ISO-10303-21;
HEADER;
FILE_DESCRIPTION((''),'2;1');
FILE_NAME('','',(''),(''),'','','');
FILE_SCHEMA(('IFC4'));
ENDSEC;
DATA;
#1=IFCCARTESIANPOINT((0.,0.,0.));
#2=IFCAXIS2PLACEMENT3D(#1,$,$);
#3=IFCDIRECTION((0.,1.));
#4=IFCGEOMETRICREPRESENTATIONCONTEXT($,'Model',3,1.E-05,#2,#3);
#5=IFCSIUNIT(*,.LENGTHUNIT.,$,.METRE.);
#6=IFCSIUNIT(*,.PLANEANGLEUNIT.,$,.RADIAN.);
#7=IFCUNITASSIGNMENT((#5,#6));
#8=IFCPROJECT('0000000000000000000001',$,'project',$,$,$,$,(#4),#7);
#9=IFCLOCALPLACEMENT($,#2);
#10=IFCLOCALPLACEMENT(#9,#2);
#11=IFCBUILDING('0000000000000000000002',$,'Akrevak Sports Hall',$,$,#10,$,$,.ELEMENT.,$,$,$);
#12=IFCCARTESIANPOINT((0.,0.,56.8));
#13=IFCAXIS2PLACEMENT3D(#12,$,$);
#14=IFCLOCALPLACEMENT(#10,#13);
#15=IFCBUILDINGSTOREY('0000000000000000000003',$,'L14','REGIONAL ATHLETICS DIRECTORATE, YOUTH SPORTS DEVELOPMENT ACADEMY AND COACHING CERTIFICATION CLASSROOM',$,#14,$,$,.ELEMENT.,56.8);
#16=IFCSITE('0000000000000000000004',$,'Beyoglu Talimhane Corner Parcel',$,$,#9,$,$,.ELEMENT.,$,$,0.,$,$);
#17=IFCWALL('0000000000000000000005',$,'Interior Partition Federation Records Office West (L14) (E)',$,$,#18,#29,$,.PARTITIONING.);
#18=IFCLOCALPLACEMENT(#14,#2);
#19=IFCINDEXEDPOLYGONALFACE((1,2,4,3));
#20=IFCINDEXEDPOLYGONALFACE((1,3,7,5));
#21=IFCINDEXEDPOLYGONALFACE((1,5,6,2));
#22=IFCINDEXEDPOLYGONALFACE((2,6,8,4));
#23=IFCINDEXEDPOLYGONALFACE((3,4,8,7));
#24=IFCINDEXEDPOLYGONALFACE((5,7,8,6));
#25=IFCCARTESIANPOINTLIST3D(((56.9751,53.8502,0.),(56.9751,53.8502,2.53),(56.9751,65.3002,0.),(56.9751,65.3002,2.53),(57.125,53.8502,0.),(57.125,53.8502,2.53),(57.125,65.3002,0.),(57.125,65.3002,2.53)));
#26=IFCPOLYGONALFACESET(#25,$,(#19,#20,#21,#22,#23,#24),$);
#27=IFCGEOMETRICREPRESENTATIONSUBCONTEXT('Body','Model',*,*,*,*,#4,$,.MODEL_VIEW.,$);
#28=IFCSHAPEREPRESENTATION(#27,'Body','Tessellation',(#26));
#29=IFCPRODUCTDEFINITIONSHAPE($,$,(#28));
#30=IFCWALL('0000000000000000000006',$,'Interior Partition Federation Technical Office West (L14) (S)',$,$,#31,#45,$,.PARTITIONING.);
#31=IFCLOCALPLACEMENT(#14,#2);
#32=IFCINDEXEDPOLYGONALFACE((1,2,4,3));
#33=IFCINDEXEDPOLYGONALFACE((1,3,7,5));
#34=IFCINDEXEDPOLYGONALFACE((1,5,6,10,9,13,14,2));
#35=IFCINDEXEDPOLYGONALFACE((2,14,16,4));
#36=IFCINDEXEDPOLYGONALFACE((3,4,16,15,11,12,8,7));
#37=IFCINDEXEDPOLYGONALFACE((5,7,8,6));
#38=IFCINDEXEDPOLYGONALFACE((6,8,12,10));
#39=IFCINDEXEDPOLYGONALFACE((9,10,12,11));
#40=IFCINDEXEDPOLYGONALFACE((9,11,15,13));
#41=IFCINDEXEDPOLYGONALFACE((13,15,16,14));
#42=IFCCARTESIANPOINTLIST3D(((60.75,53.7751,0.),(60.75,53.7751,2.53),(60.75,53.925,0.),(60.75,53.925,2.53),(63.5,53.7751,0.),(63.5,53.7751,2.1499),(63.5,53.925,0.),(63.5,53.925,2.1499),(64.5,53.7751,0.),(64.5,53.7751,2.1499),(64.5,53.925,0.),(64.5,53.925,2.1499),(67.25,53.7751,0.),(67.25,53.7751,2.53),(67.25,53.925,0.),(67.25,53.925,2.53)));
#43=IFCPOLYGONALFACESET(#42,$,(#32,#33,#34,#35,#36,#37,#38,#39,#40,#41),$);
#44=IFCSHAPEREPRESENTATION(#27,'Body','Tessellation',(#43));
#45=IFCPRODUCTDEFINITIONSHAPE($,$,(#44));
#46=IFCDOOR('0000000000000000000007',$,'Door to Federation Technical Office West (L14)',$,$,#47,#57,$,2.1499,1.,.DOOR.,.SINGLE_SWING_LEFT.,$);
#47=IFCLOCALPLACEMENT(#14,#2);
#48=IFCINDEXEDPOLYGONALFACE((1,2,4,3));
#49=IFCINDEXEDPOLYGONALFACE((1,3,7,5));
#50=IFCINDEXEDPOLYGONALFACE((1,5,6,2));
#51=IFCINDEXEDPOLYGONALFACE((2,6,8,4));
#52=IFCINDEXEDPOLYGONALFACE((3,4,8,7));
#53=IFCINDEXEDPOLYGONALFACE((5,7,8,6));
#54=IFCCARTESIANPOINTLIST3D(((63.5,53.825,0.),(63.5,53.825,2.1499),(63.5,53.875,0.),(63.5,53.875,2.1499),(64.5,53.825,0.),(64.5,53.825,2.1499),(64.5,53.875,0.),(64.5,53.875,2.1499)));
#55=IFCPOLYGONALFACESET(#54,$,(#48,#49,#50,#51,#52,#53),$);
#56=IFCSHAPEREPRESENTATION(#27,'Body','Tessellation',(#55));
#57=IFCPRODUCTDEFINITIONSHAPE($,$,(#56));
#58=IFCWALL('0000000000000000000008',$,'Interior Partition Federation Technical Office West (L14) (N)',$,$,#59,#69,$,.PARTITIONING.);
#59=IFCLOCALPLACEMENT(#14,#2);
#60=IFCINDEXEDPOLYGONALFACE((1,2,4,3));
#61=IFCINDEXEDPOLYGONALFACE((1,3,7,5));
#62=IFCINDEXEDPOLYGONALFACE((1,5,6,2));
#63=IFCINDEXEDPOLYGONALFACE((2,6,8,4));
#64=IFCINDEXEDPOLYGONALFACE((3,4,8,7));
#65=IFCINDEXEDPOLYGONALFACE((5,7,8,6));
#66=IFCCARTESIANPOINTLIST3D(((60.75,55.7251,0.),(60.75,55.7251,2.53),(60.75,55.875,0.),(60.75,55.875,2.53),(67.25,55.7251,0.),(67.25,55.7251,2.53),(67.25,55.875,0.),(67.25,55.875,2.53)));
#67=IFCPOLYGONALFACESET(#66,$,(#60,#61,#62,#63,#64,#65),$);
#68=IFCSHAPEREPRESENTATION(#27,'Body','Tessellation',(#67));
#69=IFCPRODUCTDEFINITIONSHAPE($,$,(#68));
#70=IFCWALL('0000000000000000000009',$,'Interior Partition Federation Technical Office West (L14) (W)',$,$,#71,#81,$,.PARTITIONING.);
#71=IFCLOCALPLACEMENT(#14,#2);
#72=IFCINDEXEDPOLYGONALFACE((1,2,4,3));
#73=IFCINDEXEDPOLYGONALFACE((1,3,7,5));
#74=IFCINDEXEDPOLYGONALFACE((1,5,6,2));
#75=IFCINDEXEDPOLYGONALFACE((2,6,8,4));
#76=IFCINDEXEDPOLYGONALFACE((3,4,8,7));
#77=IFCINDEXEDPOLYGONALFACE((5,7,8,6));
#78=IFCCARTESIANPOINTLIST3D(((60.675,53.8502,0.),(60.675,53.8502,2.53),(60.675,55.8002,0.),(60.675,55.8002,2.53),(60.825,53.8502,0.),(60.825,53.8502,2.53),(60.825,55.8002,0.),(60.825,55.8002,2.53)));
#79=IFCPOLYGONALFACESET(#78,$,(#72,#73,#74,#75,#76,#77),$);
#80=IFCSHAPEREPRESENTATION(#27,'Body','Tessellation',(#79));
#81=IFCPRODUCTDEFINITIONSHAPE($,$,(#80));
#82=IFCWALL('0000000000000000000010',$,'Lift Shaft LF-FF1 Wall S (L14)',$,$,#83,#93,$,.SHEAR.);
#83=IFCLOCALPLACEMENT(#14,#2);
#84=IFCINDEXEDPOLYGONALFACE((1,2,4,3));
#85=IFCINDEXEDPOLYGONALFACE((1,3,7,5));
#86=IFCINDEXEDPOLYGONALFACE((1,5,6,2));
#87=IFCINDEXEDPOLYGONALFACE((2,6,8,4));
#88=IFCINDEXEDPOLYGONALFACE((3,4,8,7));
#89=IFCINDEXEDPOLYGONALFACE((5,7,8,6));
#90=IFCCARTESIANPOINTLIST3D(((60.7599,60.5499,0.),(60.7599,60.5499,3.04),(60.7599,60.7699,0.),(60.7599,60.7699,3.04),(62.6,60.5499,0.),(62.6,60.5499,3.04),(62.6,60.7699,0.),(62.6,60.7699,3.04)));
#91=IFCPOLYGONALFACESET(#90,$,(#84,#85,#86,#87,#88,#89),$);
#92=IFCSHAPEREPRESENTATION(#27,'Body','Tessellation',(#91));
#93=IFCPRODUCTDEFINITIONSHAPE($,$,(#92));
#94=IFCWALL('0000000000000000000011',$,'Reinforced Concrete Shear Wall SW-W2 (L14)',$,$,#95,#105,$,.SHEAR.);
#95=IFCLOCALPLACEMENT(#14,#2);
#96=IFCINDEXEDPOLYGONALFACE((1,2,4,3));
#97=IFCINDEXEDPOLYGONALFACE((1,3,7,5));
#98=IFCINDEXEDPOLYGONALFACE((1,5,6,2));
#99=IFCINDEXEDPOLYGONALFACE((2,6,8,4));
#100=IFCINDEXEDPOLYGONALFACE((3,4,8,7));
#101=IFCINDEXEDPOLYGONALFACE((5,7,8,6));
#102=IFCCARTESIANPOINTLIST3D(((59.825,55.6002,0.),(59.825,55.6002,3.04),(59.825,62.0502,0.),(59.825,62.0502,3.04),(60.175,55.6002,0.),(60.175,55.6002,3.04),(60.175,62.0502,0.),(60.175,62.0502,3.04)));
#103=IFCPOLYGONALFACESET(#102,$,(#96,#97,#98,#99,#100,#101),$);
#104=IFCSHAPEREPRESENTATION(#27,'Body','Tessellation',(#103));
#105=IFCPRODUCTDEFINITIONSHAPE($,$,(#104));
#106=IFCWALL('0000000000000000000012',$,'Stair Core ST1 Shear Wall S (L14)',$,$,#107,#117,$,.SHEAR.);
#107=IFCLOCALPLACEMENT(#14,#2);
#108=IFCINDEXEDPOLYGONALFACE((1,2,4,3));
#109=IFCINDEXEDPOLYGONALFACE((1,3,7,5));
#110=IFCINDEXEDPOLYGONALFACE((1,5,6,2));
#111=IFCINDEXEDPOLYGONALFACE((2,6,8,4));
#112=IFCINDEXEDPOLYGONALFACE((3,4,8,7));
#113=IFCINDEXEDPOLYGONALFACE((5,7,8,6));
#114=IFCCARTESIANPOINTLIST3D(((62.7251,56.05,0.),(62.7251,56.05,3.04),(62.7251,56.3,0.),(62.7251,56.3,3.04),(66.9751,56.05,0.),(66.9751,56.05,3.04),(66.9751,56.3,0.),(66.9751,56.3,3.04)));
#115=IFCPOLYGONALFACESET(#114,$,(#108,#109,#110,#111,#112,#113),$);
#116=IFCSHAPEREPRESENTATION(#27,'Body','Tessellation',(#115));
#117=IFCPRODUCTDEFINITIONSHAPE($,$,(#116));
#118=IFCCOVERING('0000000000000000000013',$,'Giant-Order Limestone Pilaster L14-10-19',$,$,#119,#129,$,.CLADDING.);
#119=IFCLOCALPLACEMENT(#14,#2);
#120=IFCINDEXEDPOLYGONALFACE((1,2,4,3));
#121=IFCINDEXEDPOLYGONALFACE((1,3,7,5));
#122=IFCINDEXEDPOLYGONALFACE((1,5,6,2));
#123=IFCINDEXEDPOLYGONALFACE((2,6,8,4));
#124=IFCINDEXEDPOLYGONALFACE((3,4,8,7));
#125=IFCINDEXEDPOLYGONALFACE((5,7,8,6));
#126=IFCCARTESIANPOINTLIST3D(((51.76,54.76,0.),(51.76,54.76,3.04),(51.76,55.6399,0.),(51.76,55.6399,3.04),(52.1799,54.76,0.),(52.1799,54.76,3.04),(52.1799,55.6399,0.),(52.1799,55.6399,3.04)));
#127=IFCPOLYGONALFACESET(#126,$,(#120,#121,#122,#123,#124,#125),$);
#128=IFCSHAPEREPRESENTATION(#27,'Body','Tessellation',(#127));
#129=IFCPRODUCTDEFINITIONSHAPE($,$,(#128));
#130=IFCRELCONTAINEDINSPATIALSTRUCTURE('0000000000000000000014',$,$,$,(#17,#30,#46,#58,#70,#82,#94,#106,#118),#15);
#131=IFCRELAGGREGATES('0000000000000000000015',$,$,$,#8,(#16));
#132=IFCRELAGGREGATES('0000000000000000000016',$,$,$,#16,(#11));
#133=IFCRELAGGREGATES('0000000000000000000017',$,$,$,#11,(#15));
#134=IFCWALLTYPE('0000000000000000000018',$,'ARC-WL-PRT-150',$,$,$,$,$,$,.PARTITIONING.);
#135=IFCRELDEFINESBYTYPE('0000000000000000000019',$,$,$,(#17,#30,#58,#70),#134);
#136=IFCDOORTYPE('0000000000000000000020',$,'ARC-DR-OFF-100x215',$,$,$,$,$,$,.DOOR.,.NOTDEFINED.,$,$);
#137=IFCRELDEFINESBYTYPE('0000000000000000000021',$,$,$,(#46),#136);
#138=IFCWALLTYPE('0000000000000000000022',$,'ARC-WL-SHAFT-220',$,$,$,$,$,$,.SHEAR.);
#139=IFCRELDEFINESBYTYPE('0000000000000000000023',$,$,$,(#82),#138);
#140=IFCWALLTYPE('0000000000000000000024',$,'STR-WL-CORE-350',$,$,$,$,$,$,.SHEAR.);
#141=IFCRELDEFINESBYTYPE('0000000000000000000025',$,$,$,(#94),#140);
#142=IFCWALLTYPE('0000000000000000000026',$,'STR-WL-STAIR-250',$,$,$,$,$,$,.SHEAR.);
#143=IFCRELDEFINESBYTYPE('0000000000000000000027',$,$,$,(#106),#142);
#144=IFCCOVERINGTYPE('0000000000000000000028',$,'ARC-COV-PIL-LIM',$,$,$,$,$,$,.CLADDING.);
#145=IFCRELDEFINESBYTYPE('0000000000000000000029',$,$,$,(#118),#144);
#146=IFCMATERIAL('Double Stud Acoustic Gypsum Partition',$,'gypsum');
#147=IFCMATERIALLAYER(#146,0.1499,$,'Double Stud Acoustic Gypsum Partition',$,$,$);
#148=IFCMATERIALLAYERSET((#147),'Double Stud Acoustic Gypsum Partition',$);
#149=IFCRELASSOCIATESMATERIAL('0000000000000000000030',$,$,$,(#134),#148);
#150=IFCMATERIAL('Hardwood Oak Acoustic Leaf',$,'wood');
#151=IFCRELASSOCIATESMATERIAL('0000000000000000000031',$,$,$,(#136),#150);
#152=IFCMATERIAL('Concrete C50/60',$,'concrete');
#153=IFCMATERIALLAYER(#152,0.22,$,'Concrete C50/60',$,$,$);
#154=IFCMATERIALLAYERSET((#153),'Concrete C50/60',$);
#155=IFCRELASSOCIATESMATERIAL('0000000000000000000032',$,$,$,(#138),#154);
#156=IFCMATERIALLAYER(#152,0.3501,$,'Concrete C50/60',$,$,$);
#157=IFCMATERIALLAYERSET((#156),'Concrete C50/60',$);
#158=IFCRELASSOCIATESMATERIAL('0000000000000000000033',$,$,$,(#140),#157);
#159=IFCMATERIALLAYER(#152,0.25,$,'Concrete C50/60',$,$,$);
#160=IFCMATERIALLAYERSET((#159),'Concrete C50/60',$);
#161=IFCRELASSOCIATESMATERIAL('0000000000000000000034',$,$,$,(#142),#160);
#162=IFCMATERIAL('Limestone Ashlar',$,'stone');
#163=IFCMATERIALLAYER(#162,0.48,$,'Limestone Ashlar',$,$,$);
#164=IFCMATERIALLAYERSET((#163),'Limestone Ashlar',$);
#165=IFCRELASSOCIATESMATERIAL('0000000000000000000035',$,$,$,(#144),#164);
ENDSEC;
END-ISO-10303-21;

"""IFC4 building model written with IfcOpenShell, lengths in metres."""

from ifc_helpers import new_model, si_unit, direction, frame, frame_2d, origin, origin_2d, place, context, subcontext, project, spatial, rectangle, extrude, material, layer, layer_set, type_object, element, fill, save


model = new_model("IFC4")

# Units and contexts
model_context = context("Model", 3, precision=1e-05, world=origin(), true_north=direction((0.0, 1.0)))
body_context = subcontext(model_context, "Body", "Model", "MODEL_VIEW")
ifc_project = project(units=[si_unit("LENGTHUNIT", "METRE"), si_unit("PLANEANGLEUNIT", "RADIAN")], contexts=[model_context])

# Site, building, storey
site_placement = place(None, origin())
site = spatial("IfcSite", under=ifc_project, at=site_placement, Name="Beyoglu Talimhane Corner Parcel", CompositionType="ELEMENT", RefElevation=0.0)
building_placement = place(site_placement, origin())
building = spatial("IfcBuilding", under=site, at=building_placement, Name="Akrevak Sports Hall", CompositionType="ELEMENT")
storey_placement = place(building_placement, frame((0.0, 0.0, 56.8)))
storey = spatial("IfcBuildingStorey", under=building, at=storey_placement, Name="L14", Description="REGIONAL ATHLETICS DIRECTORATE, YOUTH SPORTS DEVELOPMENT ACADEMY AND COACHING CERTIFICATION CLASSROOM", CompositionType="ELEMENT", Elevation=56.8)

# Shared definitions
ifc_material_1 = material(Name="Double Stud Acoustic Gypsum Partition", Category="gypsum")
ifc_layer_1 = layer(ifc_material_1, 0.1499, Name="Double Stud Acoustic Gypsum Partition")
ifc_layer_set_1 = layer_set([ifc_layer_1], Name="Double Stud Acoustic Gypsum Partition")
wall_type_1 = type_object("IfcWallType", Name="ARC-WL-PRT-150", PredefinedType="PARTITIONING", material=ifc_layer_set_1)
ifc_material_2 = material(Name="Hardwood Oak Acoustic Leaf", Category="wood")
door_type = type_object("IfcDoorType", Name="ARC-DR-OFF-100x215", OperationType="NOTDEFINED", PredefinedType="DOOR", material=ifc_material_2)

# Wall
wall_1_placement = place(storey_placement, frame((57.05, 53.8501, 0.0), z_axis=(0.0, 0.0, 1.0), x_axis=(0.0, 1.0, 0.0)))
element("IfcWall", 1, at=wall_1_placement, inside=storey, type_object=wall_type_1, Name="Interior Partition Federation Records Office West (L14) (E)", PredefinedType="PARTITIONING", context=body_context, shape_type="SweptSolid", body=[
    extrude(rectangle(XDim=11.45, YDim=0.1499, at=frame_2d((5.7251, 0.0))), origin(), (0.0, 0.0, 1.0), 2.53),
])

# Wall, opening, door
wall_2_placement = place(storey_placement, frame((60.75, 53.8501, 0.0), z_axis=(0.0, 0.0, 1.0), x_axis=(1.0, 0.0, 0.0)))
wall_2 = element("IfcWall", 2, at=wall_2_placement, inside=storey, type_object=wall_type_1, Name="Interior Partition Federation Technical Office West (L14) (S)", PredefinedType="PARTITIONING", context=body_context, shape_type="SweptSolid", body=[
    extrude(rectangle(XDim=6.5, YDim=0.1499, at=frame_2d((3.25, 0.0))), origin(), (0.0, 0.0, 1.0), 2.53),
])
opening_1_placement = place(wall_2_placement, frame((2.75, 0.0, 0.0)))
opening_1 = element("IfcOpeningElement", 3, at=opening_1_placement, cuts=wall_2, PredefinedType="OPENING", context=body_context, shape_type="SweptSolid", body=[
    extrude(rectangle(XDim=1.0, YDim=2.1499, at=frame_2d((0.5, 1.075))), frame((0.0, 0.0869, 0.0), z_axis=(0.0, -1.0, 0.0), x_axis=(1.0, 0.0, 0.0)), (0.0, 0.0, 1.0), 0.1738),
])
door_1_placement = place(opening_1_placement, origin())
door_1 = element("IfcDoor", 4, at=door_1_placement, inside=storey, type_object=door_type, Name="Door to Federation Technical Office West (L14)", OperationType="SINGLE_SWING_LEFT", OverallHeight=2.1499, OverallWidth=1.0, PredefinedType="DOOR", context=body_context, shape_type="SweptSolid", body=[
    extrude(rectangle(XDim=1.0, YDim=2.1499, at=frame_2d((0.5, 1.075))), frame((0.0, 0.0249, 0.0), z_axis=(0.0, -1.0, 0.0), x_axis=(1.0, 0.0, 0.0)), (0.0, 0.0, 1.0), 0.05),
])
fill(opening_1, door_1)

# Walls
wall_3_placement = place(storey_placement, frame((60.75, 55.8, 0.0), z_axis=(0.0, 0.0, 1.0), x_axis=(1.0, 0.0, 0.0)))
element("IfcWall", 5, at=wall_3_placement, inside=storey, type_object=wall_type_1, Name="Interior Partition Federation Technical Office West (L14) (N)", PredefinedType="PARTITIONING", context=body_context, shape_type="SweptSolid", body=[
    extrude(rectangle(XDim=6.5, YDim=0.1499, at=frame_2d((3.25, 0.0))), origin(), (0.0, 0.0, 1.0), 2.53),
])
wall_4_placement = place(storey_placement, frame((60.75, 53.8501, 0.0), z_axis=(0.0, 0.0, 1.0), x_axis=(0.0, 1.0, 0.0)))
element("IfcWall", 6, at=wall_4_placement, inside=storey, type_object=wall_type_1, Name="Interior Partition Federation Technical Office West (L14) (W)", PredefinedType="PARTITIONING", context=body_context, shape_type="SweptSolid", body=[
    extrude(rectangle(XDim=1.95, YDim=0.1499, at=frame_2d((0.9751, 0.0))), origin(), (0.0, 0.0, 1.0), 2.53),
])
ifc_material_3 = material(Name="Concrete C50/60", Category="concrete")
ifc_layer_2 = layer(ifc_material_3, 0.22, Name="Concrete C50/60")
ifc_layer_set_2 = layer_set([ifc_layer_2], Name="Concrete C50/60")
wall_type_2 = type_object("IfcWallType", Name="ARC-WL-SHAFT-220", PredefinedType="SHEAR", material=ifc_layer_set_2)
wall_5_placement = place(storey_placement, frame((60.76, 60.6599, 0.0), z_axis=(0.0, 0.0, 1.0), x_axis=(1.0, 0.0, 0.0)))
element("IfcWall", 7, at=wall_5_placement, inside=storey, type_object=wall_type_2, Name="Lift Shaft LF-FF1 Wall S (L14)", PredefinedType="SHEAR", context=body_context, shape_type="SweptSolid", body=[
    extrude(rectangle(XDim=1.8401, YDim=0.22, at=frame_2d((0.9199, 0.0))), origin(), (0.0, 0.0, 1.0), 3.04),
])
ifc_layer_3 = layer(ifc_material_3, 0.3501, Name="Concrete C50/60")
ifc_layer_set_3 = layer_set([ifc_layer_3], Name="Concrete C50/60")
wall_type_3 = type_object("IfcWallType", Name="STR-WL-CORE-350", PredefinedType="SHEAR", material=ifc_layer_set_3)
wall_6_placement = place(storey_placement, frame((60.0, 55.6001, 0.0), z_axis=(0.0, 0.0, 1.0), x_axis=(0.0, 1.0, 0.0)))
element("IfcWall", 8, at=wall_6_placement, inside=storey, type_object=wall_type_3, Name="Reinforced Concrete Shear Wall SW-W2 (L14)", PredefinedType="SHEAR", context=body_context, shape_type="SweptSolid", body=[
    extrude(rectangle(XDim=6.45, YDim=0.3501, at=frame_2d((3.2251, 0.0))), origin(), (0.0, 0.0, 1.0), 3.04),
])
ifc_layer_4 = layer(ifc_material_3, 0.25, Name="Concrete C50/60")
ifc_layer_set_4 = layer_set([ifc_layer_4], Name="Concrete C50/60")
wall_type_4 = type_object("IfcWallType", Name="STR-WL-STAIR-250", PredefinedType="SHEAR", material=ifc_layer_set_4)
wall_7_placement = place(storey_placement, frame((62.7251, 56.175, 0.0), z_axis=(0.0, 0.0, 1.0), x_axis=(1.0, 0.0, 0.0)))
element("IfcWall", 9, at=wall_7_placement, inside=storey, type_object=wall_type_4, Name="Stair Core ST1 Shear Wall S (L14)", PredefinedType="SHEAR", context=body_context, shape_type="SweptSolid", body=[
    extrude(rectangle(XDim=4.25, YDim=0.25, at=frame_2d((2.125, 0.0))), origin(), (0.0, 0.0, 1.0), 3.04),
])

# Covering
ifc_material_4 = material(Name="Limestone Ashlar", Category="stone")
ifc_layer_5 = layer(ifc_material_4, 0.48, Name="Limestone Ashlar")
ifc_layer_set_5 = layer_set([ifc_layer_5], Name="Limestone Ashlar")
covering_type = type_object("IfcCoveringType", Name="ARC-COV-PIL-LIM", PredefinedType="CLADDING", material=ifc_layer_set_5)
covering_placement = place(storey_placement, frame((51.97, 55.2, 0.0), z_axis=(0.0, 0.0, 1.0), x_axis=(0.0, -1.0, 0.0)))
element("IfcCovering", 10, at=covering_placement, inside=storey, type_object=covering_type, Name="Giant-Order Limestone Pilaster L14-10-19", PredefinedType="CLADDING", context=body_context, shape_type="SweptSolid", body=[
    extrude(rectangle(XDim=0.8799, YDim=0.4199, at=origin_2d()), origin(), (0.0, 0.0, 1.0), 3.04),
])

save(model, "model.ifc")
